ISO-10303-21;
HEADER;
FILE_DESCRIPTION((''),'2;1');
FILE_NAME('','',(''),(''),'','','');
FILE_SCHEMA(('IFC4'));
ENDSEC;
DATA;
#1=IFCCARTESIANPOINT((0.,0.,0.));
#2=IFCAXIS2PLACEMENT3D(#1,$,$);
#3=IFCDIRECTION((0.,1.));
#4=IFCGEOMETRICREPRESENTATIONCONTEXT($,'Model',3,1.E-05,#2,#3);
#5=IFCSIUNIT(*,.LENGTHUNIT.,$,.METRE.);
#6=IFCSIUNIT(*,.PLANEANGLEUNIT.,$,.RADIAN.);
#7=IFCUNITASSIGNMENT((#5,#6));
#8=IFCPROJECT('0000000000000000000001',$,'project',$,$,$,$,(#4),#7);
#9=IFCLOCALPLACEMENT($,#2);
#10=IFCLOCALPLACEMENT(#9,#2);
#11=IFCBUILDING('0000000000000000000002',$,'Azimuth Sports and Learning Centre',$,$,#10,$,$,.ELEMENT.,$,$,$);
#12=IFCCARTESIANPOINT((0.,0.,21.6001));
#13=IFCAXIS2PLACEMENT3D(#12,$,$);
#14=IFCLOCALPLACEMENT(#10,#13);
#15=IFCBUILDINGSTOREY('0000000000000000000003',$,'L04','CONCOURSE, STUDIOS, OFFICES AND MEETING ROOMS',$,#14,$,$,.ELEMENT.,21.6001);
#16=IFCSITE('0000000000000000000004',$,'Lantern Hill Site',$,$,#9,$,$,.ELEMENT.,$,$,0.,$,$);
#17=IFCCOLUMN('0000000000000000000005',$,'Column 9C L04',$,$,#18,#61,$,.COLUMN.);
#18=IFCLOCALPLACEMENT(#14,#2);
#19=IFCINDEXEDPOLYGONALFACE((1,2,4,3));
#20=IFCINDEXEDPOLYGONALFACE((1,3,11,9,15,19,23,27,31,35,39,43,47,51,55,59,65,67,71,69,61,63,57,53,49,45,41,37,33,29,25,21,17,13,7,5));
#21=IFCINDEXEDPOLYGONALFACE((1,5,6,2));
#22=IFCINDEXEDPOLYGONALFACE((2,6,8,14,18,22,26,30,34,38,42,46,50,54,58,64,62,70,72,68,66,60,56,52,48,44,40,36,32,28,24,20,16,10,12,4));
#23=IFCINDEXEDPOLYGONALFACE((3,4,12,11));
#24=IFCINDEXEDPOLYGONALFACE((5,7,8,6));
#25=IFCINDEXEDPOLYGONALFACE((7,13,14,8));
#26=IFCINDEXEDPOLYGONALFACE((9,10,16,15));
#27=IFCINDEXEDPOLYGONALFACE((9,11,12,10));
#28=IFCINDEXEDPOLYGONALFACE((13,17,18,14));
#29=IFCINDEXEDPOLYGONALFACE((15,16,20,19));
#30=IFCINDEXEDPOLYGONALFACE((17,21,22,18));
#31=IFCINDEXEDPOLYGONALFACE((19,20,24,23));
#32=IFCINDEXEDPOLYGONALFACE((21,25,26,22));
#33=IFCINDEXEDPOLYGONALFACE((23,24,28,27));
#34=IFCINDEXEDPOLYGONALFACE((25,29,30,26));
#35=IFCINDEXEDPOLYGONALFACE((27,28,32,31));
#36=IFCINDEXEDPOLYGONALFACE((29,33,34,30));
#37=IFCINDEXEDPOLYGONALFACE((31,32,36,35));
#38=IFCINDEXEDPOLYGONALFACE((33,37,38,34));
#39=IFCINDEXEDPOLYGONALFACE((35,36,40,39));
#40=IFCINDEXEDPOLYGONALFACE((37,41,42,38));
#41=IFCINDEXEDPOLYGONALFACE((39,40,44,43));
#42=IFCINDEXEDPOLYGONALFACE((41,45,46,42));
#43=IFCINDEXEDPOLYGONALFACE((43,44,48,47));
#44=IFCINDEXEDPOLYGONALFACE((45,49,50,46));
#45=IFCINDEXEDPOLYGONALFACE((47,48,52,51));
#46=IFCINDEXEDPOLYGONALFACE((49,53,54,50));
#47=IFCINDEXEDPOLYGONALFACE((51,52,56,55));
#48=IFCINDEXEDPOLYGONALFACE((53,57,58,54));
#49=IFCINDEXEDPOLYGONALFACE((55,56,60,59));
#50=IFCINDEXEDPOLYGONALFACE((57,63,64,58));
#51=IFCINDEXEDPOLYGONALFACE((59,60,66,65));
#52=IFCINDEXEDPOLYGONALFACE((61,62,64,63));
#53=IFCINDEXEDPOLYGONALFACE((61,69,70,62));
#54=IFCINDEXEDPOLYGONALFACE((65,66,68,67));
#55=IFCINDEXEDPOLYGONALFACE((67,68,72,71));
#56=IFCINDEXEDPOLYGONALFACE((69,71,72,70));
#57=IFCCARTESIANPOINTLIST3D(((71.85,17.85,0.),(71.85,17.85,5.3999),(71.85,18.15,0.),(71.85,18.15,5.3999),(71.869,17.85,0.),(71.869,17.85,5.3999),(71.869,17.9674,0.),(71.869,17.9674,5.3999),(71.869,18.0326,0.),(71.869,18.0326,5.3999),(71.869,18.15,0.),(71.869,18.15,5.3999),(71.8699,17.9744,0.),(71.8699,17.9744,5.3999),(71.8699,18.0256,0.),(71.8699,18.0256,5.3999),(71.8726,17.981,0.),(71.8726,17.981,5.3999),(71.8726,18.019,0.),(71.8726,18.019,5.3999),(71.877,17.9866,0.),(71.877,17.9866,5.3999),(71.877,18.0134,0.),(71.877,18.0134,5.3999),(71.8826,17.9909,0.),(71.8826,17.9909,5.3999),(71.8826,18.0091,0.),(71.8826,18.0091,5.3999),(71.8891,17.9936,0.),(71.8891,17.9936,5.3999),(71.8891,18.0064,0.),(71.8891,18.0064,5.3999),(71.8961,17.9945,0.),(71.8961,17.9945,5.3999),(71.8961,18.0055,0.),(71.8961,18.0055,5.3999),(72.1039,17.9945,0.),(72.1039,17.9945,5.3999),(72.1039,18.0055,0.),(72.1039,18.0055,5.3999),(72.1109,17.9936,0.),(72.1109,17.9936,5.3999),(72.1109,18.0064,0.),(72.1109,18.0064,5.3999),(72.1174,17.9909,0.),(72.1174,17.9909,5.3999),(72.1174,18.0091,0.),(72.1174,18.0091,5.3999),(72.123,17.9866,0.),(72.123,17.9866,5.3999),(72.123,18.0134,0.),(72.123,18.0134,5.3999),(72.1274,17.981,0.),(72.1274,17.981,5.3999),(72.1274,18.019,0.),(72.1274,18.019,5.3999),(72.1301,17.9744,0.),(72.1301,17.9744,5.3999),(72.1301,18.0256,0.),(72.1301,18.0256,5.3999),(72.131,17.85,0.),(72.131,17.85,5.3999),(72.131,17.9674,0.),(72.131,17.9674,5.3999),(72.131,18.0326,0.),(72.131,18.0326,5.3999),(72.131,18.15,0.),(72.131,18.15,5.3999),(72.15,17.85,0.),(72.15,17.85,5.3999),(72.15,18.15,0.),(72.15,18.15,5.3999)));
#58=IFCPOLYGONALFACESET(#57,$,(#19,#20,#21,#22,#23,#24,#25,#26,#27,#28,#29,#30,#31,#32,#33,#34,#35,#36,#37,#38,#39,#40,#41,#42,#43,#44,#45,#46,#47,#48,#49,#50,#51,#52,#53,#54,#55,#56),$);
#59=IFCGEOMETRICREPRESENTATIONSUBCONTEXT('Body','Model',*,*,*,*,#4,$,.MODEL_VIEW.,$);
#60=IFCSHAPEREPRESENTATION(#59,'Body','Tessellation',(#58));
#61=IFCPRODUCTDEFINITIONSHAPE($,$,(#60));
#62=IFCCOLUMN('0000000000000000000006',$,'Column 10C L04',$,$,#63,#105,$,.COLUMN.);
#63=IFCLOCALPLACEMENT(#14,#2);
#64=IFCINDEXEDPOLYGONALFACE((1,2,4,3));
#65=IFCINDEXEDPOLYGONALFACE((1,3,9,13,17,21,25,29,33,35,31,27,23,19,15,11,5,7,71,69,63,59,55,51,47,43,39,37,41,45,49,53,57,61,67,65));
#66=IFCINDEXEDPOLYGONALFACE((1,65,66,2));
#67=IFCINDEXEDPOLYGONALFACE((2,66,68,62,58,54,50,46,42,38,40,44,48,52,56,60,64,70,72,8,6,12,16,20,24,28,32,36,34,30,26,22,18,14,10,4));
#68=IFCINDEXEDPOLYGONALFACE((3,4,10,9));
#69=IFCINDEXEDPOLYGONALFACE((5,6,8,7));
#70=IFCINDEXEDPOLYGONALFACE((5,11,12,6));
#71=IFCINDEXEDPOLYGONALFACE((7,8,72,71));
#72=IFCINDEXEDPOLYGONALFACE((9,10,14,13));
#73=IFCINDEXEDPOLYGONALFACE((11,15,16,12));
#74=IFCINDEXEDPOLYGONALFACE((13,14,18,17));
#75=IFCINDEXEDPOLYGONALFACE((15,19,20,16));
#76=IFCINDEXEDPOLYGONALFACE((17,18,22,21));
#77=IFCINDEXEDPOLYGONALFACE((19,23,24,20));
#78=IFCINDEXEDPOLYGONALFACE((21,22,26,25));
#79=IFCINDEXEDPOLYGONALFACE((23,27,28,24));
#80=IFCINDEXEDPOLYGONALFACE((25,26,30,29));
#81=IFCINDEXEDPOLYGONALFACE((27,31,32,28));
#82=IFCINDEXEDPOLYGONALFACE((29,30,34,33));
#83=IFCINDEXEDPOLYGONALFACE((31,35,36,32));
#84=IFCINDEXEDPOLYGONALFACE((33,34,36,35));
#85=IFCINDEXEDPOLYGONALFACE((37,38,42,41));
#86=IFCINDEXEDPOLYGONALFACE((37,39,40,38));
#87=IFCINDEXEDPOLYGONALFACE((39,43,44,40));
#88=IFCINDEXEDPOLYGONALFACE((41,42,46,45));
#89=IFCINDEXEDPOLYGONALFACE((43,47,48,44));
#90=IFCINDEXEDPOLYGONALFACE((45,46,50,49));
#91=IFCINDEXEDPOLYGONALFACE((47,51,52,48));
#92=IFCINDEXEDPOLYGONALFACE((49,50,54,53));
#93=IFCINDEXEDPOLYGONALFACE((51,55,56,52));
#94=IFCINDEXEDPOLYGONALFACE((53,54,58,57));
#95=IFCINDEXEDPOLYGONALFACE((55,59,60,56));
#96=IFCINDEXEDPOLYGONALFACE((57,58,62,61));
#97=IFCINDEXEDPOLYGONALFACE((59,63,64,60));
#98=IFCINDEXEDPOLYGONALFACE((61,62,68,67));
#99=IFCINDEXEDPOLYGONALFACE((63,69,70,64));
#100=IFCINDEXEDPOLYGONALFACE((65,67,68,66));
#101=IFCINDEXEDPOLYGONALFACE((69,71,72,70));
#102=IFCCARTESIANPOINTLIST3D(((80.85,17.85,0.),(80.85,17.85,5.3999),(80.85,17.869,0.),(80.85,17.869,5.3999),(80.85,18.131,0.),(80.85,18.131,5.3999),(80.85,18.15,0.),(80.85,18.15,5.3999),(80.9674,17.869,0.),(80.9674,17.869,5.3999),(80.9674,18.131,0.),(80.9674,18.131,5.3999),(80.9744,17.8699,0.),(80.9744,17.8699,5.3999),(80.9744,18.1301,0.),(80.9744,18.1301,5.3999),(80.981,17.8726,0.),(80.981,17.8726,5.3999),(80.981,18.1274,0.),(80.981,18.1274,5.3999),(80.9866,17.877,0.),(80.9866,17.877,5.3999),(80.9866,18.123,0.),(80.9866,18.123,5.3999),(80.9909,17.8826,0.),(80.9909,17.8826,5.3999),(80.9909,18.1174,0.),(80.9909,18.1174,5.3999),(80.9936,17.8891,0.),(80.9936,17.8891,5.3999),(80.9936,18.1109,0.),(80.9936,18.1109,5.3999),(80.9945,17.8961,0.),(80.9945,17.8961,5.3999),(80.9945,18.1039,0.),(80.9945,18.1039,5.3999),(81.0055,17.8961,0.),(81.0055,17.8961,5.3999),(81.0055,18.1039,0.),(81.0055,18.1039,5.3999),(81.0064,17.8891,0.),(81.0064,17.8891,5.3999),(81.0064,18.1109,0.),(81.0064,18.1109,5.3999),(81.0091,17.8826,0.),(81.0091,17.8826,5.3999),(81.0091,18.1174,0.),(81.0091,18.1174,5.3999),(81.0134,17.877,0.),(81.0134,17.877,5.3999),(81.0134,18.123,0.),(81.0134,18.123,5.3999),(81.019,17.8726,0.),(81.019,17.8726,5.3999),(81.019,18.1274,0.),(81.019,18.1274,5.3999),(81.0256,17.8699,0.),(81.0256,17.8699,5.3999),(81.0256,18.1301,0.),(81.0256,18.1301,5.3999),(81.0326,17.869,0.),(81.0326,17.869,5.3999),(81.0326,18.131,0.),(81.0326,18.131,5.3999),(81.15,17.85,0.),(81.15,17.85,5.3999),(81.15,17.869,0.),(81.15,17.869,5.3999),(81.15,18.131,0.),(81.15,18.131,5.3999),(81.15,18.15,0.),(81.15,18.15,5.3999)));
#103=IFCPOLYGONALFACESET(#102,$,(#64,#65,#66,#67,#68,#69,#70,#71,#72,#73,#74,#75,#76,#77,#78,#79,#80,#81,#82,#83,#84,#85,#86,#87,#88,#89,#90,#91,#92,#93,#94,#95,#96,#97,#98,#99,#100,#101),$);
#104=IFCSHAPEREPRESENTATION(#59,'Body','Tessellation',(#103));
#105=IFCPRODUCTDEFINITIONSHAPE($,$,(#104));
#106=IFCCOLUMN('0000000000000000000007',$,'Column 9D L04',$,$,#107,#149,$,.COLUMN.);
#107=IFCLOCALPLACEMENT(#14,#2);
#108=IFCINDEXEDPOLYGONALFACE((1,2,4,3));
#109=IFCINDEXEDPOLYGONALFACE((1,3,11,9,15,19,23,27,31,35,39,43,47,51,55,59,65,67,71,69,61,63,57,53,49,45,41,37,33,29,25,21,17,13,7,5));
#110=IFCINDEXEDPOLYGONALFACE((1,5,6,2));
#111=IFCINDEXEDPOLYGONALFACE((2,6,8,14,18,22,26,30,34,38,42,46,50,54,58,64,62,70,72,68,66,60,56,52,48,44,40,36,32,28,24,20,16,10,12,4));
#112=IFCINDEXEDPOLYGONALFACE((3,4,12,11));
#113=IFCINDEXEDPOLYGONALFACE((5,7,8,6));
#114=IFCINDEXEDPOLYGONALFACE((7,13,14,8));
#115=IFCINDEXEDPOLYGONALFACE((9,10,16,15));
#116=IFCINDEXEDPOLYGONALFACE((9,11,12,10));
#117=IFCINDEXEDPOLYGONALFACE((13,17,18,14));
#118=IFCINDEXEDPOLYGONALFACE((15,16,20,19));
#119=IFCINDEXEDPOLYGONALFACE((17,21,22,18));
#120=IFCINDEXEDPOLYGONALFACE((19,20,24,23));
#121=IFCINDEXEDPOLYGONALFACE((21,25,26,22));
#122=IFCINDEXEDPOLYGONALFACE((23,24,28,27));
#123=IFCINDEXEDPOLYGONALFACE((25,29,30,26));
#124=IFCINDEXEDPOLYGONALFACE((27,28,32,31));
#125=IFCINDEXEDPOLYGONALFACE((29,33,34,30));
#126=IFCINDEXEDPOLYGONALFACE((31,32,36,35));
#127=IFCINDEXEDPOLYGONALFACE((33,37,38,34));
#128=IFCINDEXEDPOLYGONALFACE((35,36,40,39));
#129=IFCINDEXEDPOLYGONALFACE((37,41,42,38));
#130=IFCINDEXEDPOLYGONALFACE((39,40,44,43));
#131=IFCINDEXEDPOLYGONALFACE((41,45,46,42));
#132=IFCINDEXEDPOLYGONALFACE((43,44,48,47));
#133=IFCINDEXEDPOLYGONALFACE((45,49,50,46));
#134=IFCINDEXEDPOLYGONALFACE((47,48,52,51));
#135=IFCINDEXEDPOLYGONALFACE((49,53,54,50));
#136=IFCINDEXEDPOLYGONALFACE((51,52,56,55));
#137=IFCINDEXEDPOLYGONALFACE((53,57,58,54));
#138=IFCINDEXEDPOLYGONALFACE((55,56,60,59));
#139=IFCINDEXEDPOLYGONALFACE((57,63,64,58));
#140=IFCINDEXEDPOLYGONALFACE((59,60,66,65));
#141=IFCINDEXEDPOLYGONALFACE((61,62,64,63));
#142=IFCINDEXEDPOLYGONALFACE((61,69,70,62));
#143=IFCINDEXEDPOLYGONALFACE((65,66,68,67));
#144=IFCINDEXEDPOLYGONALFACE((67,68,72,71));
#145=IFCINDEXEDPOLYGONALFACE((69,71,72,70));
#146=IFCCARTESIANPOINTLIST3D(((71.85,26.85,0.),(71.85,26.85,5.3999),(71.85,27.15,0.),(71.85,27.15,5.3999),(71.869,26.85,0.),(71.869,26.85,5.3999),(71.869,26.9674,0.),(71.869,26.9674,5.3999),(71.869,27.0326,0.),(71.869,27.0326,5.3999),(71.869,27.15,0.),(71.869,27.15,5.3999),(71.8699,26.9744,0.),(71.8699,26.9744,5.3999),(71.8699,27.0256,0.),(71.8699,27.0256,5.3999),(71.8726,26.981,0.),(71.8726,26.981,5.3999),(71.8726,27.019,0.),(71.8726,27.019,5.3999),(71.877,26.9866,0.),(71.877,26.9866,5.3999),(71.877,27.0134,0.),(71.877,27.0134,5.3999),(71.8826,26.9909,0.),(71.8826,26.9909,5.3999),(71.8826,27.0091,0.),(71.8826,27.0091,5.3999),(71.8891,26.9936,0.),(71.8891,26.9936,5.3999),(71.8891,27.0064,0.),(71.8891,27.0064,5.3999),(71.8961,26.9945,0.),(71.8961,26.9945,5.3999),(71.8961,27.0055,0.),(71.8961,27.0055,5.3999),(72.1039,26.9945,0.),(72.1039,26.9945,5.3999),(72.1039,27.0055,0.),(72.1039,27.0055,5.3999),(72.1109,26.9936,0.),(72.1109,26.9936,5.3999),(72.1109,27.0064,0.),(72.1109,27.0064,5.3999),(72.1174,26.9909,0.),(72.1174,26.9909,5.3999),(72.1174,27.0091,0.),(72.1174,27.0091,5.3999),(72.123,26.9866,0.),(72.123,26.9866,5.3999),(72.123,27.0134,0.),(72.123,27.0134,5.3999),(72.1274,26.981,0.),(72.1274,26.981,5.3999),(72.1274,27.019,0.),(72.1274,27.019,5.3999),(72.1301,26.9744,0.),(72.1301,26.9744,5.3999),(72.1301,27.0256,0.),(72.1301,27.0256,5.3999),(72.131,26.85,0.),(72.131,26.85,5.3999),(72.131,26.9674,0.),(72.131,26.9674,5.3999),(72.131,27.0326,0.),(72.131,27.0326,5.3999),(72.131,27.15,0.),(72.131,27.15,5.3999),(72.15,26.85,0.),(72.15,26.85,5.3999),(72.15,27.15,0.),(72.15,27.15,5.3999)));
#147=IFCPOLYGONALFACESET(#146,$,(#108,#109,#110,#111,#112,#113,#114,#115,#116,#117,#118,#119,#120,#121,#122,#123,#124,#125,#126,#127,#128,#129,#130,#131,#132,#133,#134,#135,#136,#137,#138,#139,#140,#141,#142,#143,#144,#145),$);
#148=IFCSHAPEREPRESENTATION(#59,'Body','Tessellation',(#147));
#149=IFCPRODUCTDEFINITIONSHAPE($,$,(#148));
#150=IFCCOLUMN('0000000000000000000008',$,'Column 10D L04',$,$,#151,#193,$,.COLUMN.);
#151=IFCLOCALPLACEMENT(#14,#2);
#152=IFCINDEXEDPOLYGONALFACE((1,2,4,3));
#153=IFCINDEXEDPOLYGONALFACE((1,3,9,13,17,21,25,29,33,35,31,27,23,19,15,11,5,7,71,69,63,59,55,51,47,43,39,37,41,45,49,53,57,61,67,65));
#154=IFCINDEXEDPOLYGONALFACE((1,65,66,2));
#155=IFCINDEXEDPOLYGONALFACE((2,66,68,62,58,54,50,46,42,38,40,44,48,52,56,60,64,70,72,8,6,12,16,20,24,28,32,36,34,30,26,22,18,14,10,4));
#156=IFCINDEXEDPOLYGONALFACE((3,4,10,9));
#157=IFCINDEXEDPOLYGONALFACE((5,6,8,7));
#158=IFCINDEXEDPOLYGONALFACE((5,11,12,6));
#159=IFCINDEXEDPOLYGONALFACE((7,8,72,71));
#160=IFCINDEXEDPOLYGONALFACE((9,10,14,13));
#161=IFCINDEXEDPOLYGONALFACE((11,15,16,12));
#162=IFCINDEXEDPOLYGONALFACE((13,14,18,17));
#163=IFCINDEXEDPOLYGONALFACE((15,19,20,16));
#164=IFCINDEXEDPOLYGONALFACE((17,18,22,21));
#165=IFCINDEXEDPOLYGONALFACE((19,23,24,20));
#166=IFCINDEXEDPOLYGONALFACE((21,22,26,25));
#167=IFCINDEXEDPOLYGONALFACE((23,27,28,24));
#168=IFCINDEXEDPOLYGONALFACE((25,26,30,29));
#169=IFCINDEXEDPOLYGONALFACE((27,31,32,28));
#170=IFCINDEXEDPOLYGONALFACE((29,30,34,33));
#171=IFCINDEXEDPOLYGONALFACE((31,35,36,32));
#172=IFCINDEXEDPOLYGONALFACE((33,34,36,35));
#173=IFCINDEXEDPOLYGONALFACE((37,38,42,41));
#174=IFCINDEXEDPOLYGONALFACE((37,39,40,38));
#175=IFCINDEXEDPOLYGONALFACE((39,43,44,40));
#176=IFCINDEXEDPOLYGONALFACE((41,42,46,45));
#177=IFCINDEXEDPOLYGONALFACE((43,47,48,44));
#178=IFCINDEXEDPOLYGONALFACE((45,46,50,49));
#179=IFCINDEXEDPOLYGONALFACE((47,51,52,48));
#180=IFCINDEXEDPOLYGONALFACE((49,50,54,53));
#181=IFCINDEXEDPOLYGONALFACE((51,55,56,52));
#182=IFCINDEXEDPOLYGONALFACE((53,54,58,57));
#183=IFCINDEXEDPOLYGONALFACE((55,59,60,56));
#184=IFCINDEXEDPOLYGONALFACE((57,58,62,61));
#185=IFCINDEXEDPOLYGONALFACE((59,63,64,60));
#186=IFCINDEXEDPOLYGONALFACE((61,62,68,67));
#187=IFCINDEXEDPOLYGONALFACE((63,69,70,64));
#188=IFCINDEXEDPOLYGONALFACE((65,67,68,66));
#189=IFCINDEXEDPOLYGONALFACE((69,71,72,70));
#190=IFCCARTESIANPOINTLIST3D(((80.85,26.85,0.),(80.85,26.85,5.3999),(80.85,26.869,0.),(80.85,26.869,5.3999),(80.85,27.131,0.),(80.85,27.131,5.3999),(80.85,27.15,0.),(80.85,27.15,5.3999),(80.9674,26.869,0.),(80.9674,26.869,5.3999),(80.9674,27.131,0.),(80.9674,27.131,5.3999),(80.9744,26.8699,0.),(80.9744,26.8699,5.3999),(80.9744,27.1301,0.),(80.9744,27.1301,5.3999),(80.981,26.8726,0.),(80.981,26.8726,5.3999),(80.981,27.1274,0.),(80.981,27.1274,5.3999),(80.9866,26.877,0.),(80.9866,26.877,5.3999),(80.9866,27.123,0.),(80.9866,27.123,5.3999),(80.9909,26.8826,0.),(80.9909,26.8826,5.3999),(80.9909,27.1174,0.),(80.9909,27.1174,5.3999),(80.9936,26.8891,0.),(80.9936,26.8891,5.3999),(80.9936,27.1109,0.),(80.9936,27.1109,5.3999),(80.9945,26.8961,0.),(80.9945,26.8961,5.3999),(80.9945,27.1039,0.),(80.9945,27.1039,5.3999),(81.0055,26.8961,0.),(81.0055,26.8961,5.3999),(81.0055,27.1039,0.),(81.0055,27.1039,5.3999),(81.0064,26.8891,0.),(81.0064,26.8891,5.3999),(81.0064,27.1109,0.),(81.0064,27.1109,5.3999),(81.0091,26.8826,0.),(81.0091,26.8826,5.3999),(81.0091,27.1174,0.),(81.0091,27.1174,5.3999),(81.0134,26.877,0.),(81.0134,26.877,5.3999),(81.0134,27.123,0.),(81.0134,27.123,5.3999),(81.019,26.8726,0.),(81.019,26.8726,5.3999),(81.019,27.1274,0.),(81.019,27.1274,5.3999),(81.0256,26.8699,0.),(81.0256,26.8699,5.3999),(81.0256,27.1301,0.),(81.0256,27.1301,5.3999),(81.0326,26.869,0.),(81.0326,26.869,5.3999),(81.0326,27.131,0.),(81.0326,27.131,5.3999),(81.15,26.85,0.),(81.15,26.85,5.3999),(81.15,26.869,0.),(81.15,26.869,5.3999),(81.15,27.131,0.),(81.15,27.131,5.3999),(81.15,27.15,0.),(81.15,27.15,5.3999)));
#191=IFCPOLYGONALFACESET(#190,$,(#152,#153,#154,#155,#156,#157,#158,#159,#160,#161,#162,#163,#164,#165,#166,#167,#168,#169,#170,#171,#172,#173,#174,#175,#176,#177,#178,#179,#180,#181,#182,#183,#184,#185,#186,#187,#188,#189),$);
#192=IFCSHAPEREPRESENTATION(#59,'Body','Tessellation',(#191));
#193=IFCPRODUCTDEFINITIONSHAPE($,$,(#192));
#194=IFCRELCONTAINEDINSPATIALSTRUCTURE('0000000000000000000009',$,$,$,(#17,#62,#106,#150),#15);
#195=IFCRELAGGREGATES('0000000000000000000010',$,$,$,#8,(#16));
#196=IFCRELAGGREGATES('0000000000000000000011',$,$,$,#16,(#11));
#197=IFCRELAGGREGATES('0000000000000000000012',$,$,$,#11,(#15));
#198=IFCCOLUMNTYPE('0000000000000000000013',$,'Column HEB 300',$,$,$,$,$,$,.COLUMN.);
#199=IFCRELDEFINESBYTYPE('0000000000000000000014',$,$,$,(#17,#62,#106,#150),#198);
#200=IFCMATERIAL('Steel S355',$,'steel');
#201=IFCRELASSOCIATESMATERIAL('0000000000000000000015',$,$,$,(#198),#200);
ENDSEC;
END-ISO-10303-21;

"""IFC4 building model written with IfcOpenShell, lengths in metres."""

from ifc_helpers import new_model, si_unit, direction, frame, origin, origin_2d, place, context, subcontext, project, spatial, i_section, extrude, material, material_profile, profile_set, type_object, element, save


model = new_model("IFC4")

# Units and contexts
model_context = context("Model", 3, precision=1e-05, world=origin(), true_north=direction((0.0, 1.0)))
body_context = subcontext(model_context, "Body", "Model", "MODEL_VIEW")
ifc_project = project(units=[si_unit("LENGTHUNIT", "METRE"), si_unit("PLANEANGLEUNIT", "RADIAN")], contexts=[model_context])

# Site, building, storey
site_placement = place(None, origin())
site = spatial("IfcSite", under=ifc_project, at=site_placement, Name="Lantern Hill Site", CompositionType="ELEMENT", RefElevation=0.0)
building_placement = place(site_placement, origin())
building = spatial("IfcBuilding", under=site, at=building_placement, Name="Azimuth Sports and Learning Centre", CompositionType="ELEMENT")
storey_placement = place(building_placement, frame((0.0, 0.0, 21.6001)))
storey = spatial("IfcBuildingStorey", under=building, at=storey_placement, Name="L04", Description="CONCOURSE, STUDIOS, OFFICES AND MEETING ROOMS", CompositionType="ELEMENT", Elevation=21.6001)

# Columns
ifc_material_1 = material(Name="Steel S355", Category="steel")
ifc_material_profile_1 = material_profile(ifc_material_1, i_section(OverallWidth=0.3, OverallDepth=0.3, WebThickness=0.011, FlangeThickness=0.019, FilletRadius=0.0271, at=origin_2d()), Name="HEB 300")
ifc_profile_set_1 = profile_set([ifc_material_profile_1], Name="Steel S355")
column_type = type_object("IfcColumnType", Name="Column HEB 300", PredefinedType="COLUMN", material=ifc_profile_set_1)
for number, where, z_axis, x_axis, name in (
    (1, (72.0, 18.0, 0.0), (0.0, 0.0, 1.0), (0.0, 1.0, 0.0), "Column 9C L04"),
    (2, (81.0, 18.0, 0.0), (0.0, 0.0, 1.0), (1.0, 0.0, 0.0), "Column 10C L04"),
    (3, (72.0, 27.0, 0.0), (0.0, 0.0, 1.0), (0.0, 1.0, 0.0), "Column 9D L04"),
    (4, (81.0, 27.0, 0.0), (0.0, 0.0, 1.0), (1.0, 0.0, 0.0), "Column 10D L04"),
):
    element("IfcColumn", number, at=place(storey_placement, frame(where, z_axis=z_axis, x_axis=x_axis)), inside=storey, type_object=column_type, Name=name, PredefinedType="COLUMN", context=body_context, shape_type="SweptSolid", body=[
        extrude(i_section(OverallWidth=0.3, OverallDepth=0.3, WebThickness=0.011, FlangeThickness=0.019, FilletRadius=0.0271, at=origin_2d()), origin(), (0.0, 0.0, 1.0), 5.3999),
    ])

save(model, "model.ifc")
